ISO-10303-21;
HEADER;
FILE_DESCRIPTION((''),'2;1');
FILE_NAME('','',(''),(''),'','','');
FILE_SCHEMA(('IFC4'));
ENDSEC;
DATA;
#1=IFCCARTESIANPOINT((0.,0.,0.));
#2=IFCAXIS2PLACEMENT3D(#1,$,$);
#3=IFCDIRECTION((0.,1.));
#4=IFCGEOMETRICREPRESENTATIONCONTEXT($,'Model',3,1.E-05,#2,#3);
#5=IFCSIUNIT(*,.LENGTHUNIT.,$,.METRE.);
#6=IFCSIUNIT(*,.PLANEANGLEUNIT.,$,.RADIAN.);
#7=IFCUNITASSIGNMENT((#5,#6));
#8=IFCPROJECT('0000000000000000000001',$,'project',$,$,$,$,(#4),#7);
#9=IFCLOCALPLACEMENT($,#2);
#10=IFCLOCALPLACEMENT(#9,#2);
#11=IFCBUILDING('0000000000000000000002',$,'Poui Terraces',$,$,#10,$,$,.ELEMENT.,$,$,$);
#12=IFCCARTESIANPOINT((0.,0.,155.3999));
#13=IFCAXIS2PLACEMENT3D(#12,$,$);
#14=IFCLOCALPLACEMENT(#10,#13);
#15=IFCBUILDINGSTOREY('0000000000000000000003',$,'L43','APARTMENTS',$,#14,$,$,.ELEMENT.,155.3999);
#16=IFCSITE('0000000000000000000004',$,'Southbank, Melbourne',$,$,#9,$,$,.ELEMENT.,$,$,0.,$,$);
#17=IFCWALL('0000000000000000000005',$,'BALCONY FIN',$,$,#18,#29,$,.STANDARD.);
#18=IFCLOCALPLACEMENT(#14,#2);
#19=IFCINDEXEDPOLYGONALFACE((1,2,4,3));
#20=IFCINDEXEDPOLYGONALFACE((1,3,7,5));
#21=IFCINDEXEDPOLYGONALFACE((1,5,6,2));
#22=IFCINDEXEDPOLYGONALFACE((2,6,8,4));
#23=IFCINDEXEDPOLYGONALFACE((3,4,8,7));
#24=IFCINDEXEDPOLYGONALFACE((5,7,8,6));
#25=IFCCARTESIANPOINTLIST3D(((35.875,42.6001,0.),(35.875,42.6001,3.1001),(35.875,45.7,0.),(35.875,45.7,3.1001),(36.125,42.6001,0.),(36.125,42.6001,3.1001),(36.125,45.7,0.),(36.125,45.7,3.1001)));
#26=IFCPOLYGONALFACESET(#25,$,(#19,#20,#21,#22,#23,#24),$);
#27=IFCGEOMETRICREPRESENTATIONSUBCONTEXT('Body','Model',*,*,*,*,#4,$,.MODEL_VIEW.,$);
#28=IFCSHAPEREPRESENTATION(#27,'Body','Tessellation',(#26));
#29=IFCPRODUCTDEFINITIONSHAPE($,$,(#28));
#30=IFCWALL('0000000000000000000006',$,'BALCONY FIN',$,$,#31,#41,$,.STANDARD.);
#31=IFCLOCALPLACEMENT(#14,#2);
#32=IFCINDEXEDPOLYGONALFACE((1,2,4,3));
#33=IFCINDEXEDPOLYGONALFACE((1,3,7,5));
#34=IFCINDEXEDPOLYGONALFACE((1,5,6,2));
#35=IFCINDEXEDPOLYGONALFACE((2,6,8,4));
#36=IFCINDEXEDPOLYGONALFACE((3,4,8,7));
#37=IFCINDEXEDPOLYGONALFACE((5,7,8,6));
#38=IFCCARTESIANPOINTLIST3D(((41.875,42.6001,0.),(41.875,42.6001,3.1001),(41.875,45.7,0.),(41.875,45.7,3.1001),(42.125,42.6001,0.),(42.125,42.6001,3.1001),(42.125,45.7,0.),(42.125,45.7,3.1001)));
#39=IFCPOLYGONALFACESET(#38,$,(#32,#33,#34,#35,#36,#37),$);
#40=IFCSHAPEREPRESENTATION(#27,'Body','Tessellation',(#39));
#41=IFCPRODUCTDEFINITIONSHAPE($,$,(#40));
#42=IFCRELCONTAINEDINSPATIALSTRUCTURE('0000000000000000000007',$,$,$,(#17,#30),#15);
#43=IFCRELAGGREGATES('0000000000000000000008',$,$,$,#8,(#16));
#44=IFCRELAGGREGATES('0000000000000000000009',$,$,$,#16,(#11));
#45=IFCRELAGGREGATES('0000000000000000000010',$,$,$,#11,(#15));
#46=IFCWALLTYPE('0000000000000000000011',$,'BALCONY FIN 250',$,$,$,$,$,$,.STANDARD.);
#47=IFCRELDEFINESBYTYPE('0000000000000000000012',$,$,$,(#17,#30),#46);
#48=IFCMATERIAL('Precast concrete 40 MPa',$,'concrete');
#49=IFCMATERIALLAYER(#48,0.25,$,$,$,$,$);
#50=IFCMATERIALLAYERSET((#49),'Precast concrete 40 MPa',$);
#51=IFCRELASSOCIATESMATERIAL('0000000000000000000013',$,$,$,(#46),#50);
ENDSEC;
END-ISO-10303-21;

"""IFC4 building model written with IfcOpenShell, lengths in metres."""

from ifc_helpers import new_model, si_unit, direction, frame, origin, place, context, subcontext, project, spatial, polyline, outline, extrude, source, transform, mapped, material, layer, layer_set, type_object, element, save


model = new_model("IFC4")

# Units and contexts
model_context = context("Model", 3, precision=1e-05, world=origin(), true_north=direction((0.0, 1.0)))
body_context = subcontext(model_context, "Body", "Model", "MODEL_VIEW")
ifc_project = project(units=[si_unit("LENGTHUNIT", "METRE"), si_unit("PLANEANGLEUNIT", "RADIAN")], contexts=[model_context])

# Site, building, storey
site_placement = place(None, origin())
site = spatial("IfcSite", under=ifc_project, at=site_placement, Name="Southbank, Melbourne", CompositionType="ELEMENT", RefElevation=0.0)
building_placement = place(site_placement, origin())
building = spatial("IfcBuilding", under=site, at=building_placement, Name="Poui Terraces", CompositionType="ELEMENT")
storey_placement = place(building_placement, frame((0.0, 0.0, 155.3999)))
storey = spatial("IfcBuildingStorey", under=building, at=storey_placement, Name="L43", Description="APARTMENTS", CompositionType="ELEMENT", Elevation=155.3999)

# Walls
ifc_material_1 = material(Name="Precast concrete 40 MPa", Category="concrete")
ifc_layer_1 = layer(ifc_material_1, 0.25)
ifc_layer_set_1 = layer_set([ifc_layer_1], Name="Precast concrete 40 MPa")
wall_type_1 = type_object("IfcWallType", Name="BALCONY FIN 250", PredefinedType="STANDARD", material=ifc_layer_set_1)
shared_shape_1 = source(origin(), body_context, "Body", "SweptSolid", [
    extrude(outline(polyline([(0.0, 0.0), (0.25, 0.0), (0.25, 3.0999), (0.0, 3.0999), (0.0, 0.0)])), origin(), (0.0, 0.0, 1.0), 3.1001),
])
for number, where, name in (
    (1, (35.875, 42.6001, 0.0), "BALCONY FIN"),
    (2, (41.875, 42.6001, 0.0), "BALCONY FIN"),
):
    element("IfcWall", number, at=place(storey_placement, frame(where)), inside=storey, type_object=wall_type_1, Name=name, PredefinedType="STANDARD", context=body_context, shape_type="MappedRepresentation", body=[
        mapped(shared_shape_1, transform((0.0, 0.0, 0.0))),
    ])

save(model, "model.ifc")
